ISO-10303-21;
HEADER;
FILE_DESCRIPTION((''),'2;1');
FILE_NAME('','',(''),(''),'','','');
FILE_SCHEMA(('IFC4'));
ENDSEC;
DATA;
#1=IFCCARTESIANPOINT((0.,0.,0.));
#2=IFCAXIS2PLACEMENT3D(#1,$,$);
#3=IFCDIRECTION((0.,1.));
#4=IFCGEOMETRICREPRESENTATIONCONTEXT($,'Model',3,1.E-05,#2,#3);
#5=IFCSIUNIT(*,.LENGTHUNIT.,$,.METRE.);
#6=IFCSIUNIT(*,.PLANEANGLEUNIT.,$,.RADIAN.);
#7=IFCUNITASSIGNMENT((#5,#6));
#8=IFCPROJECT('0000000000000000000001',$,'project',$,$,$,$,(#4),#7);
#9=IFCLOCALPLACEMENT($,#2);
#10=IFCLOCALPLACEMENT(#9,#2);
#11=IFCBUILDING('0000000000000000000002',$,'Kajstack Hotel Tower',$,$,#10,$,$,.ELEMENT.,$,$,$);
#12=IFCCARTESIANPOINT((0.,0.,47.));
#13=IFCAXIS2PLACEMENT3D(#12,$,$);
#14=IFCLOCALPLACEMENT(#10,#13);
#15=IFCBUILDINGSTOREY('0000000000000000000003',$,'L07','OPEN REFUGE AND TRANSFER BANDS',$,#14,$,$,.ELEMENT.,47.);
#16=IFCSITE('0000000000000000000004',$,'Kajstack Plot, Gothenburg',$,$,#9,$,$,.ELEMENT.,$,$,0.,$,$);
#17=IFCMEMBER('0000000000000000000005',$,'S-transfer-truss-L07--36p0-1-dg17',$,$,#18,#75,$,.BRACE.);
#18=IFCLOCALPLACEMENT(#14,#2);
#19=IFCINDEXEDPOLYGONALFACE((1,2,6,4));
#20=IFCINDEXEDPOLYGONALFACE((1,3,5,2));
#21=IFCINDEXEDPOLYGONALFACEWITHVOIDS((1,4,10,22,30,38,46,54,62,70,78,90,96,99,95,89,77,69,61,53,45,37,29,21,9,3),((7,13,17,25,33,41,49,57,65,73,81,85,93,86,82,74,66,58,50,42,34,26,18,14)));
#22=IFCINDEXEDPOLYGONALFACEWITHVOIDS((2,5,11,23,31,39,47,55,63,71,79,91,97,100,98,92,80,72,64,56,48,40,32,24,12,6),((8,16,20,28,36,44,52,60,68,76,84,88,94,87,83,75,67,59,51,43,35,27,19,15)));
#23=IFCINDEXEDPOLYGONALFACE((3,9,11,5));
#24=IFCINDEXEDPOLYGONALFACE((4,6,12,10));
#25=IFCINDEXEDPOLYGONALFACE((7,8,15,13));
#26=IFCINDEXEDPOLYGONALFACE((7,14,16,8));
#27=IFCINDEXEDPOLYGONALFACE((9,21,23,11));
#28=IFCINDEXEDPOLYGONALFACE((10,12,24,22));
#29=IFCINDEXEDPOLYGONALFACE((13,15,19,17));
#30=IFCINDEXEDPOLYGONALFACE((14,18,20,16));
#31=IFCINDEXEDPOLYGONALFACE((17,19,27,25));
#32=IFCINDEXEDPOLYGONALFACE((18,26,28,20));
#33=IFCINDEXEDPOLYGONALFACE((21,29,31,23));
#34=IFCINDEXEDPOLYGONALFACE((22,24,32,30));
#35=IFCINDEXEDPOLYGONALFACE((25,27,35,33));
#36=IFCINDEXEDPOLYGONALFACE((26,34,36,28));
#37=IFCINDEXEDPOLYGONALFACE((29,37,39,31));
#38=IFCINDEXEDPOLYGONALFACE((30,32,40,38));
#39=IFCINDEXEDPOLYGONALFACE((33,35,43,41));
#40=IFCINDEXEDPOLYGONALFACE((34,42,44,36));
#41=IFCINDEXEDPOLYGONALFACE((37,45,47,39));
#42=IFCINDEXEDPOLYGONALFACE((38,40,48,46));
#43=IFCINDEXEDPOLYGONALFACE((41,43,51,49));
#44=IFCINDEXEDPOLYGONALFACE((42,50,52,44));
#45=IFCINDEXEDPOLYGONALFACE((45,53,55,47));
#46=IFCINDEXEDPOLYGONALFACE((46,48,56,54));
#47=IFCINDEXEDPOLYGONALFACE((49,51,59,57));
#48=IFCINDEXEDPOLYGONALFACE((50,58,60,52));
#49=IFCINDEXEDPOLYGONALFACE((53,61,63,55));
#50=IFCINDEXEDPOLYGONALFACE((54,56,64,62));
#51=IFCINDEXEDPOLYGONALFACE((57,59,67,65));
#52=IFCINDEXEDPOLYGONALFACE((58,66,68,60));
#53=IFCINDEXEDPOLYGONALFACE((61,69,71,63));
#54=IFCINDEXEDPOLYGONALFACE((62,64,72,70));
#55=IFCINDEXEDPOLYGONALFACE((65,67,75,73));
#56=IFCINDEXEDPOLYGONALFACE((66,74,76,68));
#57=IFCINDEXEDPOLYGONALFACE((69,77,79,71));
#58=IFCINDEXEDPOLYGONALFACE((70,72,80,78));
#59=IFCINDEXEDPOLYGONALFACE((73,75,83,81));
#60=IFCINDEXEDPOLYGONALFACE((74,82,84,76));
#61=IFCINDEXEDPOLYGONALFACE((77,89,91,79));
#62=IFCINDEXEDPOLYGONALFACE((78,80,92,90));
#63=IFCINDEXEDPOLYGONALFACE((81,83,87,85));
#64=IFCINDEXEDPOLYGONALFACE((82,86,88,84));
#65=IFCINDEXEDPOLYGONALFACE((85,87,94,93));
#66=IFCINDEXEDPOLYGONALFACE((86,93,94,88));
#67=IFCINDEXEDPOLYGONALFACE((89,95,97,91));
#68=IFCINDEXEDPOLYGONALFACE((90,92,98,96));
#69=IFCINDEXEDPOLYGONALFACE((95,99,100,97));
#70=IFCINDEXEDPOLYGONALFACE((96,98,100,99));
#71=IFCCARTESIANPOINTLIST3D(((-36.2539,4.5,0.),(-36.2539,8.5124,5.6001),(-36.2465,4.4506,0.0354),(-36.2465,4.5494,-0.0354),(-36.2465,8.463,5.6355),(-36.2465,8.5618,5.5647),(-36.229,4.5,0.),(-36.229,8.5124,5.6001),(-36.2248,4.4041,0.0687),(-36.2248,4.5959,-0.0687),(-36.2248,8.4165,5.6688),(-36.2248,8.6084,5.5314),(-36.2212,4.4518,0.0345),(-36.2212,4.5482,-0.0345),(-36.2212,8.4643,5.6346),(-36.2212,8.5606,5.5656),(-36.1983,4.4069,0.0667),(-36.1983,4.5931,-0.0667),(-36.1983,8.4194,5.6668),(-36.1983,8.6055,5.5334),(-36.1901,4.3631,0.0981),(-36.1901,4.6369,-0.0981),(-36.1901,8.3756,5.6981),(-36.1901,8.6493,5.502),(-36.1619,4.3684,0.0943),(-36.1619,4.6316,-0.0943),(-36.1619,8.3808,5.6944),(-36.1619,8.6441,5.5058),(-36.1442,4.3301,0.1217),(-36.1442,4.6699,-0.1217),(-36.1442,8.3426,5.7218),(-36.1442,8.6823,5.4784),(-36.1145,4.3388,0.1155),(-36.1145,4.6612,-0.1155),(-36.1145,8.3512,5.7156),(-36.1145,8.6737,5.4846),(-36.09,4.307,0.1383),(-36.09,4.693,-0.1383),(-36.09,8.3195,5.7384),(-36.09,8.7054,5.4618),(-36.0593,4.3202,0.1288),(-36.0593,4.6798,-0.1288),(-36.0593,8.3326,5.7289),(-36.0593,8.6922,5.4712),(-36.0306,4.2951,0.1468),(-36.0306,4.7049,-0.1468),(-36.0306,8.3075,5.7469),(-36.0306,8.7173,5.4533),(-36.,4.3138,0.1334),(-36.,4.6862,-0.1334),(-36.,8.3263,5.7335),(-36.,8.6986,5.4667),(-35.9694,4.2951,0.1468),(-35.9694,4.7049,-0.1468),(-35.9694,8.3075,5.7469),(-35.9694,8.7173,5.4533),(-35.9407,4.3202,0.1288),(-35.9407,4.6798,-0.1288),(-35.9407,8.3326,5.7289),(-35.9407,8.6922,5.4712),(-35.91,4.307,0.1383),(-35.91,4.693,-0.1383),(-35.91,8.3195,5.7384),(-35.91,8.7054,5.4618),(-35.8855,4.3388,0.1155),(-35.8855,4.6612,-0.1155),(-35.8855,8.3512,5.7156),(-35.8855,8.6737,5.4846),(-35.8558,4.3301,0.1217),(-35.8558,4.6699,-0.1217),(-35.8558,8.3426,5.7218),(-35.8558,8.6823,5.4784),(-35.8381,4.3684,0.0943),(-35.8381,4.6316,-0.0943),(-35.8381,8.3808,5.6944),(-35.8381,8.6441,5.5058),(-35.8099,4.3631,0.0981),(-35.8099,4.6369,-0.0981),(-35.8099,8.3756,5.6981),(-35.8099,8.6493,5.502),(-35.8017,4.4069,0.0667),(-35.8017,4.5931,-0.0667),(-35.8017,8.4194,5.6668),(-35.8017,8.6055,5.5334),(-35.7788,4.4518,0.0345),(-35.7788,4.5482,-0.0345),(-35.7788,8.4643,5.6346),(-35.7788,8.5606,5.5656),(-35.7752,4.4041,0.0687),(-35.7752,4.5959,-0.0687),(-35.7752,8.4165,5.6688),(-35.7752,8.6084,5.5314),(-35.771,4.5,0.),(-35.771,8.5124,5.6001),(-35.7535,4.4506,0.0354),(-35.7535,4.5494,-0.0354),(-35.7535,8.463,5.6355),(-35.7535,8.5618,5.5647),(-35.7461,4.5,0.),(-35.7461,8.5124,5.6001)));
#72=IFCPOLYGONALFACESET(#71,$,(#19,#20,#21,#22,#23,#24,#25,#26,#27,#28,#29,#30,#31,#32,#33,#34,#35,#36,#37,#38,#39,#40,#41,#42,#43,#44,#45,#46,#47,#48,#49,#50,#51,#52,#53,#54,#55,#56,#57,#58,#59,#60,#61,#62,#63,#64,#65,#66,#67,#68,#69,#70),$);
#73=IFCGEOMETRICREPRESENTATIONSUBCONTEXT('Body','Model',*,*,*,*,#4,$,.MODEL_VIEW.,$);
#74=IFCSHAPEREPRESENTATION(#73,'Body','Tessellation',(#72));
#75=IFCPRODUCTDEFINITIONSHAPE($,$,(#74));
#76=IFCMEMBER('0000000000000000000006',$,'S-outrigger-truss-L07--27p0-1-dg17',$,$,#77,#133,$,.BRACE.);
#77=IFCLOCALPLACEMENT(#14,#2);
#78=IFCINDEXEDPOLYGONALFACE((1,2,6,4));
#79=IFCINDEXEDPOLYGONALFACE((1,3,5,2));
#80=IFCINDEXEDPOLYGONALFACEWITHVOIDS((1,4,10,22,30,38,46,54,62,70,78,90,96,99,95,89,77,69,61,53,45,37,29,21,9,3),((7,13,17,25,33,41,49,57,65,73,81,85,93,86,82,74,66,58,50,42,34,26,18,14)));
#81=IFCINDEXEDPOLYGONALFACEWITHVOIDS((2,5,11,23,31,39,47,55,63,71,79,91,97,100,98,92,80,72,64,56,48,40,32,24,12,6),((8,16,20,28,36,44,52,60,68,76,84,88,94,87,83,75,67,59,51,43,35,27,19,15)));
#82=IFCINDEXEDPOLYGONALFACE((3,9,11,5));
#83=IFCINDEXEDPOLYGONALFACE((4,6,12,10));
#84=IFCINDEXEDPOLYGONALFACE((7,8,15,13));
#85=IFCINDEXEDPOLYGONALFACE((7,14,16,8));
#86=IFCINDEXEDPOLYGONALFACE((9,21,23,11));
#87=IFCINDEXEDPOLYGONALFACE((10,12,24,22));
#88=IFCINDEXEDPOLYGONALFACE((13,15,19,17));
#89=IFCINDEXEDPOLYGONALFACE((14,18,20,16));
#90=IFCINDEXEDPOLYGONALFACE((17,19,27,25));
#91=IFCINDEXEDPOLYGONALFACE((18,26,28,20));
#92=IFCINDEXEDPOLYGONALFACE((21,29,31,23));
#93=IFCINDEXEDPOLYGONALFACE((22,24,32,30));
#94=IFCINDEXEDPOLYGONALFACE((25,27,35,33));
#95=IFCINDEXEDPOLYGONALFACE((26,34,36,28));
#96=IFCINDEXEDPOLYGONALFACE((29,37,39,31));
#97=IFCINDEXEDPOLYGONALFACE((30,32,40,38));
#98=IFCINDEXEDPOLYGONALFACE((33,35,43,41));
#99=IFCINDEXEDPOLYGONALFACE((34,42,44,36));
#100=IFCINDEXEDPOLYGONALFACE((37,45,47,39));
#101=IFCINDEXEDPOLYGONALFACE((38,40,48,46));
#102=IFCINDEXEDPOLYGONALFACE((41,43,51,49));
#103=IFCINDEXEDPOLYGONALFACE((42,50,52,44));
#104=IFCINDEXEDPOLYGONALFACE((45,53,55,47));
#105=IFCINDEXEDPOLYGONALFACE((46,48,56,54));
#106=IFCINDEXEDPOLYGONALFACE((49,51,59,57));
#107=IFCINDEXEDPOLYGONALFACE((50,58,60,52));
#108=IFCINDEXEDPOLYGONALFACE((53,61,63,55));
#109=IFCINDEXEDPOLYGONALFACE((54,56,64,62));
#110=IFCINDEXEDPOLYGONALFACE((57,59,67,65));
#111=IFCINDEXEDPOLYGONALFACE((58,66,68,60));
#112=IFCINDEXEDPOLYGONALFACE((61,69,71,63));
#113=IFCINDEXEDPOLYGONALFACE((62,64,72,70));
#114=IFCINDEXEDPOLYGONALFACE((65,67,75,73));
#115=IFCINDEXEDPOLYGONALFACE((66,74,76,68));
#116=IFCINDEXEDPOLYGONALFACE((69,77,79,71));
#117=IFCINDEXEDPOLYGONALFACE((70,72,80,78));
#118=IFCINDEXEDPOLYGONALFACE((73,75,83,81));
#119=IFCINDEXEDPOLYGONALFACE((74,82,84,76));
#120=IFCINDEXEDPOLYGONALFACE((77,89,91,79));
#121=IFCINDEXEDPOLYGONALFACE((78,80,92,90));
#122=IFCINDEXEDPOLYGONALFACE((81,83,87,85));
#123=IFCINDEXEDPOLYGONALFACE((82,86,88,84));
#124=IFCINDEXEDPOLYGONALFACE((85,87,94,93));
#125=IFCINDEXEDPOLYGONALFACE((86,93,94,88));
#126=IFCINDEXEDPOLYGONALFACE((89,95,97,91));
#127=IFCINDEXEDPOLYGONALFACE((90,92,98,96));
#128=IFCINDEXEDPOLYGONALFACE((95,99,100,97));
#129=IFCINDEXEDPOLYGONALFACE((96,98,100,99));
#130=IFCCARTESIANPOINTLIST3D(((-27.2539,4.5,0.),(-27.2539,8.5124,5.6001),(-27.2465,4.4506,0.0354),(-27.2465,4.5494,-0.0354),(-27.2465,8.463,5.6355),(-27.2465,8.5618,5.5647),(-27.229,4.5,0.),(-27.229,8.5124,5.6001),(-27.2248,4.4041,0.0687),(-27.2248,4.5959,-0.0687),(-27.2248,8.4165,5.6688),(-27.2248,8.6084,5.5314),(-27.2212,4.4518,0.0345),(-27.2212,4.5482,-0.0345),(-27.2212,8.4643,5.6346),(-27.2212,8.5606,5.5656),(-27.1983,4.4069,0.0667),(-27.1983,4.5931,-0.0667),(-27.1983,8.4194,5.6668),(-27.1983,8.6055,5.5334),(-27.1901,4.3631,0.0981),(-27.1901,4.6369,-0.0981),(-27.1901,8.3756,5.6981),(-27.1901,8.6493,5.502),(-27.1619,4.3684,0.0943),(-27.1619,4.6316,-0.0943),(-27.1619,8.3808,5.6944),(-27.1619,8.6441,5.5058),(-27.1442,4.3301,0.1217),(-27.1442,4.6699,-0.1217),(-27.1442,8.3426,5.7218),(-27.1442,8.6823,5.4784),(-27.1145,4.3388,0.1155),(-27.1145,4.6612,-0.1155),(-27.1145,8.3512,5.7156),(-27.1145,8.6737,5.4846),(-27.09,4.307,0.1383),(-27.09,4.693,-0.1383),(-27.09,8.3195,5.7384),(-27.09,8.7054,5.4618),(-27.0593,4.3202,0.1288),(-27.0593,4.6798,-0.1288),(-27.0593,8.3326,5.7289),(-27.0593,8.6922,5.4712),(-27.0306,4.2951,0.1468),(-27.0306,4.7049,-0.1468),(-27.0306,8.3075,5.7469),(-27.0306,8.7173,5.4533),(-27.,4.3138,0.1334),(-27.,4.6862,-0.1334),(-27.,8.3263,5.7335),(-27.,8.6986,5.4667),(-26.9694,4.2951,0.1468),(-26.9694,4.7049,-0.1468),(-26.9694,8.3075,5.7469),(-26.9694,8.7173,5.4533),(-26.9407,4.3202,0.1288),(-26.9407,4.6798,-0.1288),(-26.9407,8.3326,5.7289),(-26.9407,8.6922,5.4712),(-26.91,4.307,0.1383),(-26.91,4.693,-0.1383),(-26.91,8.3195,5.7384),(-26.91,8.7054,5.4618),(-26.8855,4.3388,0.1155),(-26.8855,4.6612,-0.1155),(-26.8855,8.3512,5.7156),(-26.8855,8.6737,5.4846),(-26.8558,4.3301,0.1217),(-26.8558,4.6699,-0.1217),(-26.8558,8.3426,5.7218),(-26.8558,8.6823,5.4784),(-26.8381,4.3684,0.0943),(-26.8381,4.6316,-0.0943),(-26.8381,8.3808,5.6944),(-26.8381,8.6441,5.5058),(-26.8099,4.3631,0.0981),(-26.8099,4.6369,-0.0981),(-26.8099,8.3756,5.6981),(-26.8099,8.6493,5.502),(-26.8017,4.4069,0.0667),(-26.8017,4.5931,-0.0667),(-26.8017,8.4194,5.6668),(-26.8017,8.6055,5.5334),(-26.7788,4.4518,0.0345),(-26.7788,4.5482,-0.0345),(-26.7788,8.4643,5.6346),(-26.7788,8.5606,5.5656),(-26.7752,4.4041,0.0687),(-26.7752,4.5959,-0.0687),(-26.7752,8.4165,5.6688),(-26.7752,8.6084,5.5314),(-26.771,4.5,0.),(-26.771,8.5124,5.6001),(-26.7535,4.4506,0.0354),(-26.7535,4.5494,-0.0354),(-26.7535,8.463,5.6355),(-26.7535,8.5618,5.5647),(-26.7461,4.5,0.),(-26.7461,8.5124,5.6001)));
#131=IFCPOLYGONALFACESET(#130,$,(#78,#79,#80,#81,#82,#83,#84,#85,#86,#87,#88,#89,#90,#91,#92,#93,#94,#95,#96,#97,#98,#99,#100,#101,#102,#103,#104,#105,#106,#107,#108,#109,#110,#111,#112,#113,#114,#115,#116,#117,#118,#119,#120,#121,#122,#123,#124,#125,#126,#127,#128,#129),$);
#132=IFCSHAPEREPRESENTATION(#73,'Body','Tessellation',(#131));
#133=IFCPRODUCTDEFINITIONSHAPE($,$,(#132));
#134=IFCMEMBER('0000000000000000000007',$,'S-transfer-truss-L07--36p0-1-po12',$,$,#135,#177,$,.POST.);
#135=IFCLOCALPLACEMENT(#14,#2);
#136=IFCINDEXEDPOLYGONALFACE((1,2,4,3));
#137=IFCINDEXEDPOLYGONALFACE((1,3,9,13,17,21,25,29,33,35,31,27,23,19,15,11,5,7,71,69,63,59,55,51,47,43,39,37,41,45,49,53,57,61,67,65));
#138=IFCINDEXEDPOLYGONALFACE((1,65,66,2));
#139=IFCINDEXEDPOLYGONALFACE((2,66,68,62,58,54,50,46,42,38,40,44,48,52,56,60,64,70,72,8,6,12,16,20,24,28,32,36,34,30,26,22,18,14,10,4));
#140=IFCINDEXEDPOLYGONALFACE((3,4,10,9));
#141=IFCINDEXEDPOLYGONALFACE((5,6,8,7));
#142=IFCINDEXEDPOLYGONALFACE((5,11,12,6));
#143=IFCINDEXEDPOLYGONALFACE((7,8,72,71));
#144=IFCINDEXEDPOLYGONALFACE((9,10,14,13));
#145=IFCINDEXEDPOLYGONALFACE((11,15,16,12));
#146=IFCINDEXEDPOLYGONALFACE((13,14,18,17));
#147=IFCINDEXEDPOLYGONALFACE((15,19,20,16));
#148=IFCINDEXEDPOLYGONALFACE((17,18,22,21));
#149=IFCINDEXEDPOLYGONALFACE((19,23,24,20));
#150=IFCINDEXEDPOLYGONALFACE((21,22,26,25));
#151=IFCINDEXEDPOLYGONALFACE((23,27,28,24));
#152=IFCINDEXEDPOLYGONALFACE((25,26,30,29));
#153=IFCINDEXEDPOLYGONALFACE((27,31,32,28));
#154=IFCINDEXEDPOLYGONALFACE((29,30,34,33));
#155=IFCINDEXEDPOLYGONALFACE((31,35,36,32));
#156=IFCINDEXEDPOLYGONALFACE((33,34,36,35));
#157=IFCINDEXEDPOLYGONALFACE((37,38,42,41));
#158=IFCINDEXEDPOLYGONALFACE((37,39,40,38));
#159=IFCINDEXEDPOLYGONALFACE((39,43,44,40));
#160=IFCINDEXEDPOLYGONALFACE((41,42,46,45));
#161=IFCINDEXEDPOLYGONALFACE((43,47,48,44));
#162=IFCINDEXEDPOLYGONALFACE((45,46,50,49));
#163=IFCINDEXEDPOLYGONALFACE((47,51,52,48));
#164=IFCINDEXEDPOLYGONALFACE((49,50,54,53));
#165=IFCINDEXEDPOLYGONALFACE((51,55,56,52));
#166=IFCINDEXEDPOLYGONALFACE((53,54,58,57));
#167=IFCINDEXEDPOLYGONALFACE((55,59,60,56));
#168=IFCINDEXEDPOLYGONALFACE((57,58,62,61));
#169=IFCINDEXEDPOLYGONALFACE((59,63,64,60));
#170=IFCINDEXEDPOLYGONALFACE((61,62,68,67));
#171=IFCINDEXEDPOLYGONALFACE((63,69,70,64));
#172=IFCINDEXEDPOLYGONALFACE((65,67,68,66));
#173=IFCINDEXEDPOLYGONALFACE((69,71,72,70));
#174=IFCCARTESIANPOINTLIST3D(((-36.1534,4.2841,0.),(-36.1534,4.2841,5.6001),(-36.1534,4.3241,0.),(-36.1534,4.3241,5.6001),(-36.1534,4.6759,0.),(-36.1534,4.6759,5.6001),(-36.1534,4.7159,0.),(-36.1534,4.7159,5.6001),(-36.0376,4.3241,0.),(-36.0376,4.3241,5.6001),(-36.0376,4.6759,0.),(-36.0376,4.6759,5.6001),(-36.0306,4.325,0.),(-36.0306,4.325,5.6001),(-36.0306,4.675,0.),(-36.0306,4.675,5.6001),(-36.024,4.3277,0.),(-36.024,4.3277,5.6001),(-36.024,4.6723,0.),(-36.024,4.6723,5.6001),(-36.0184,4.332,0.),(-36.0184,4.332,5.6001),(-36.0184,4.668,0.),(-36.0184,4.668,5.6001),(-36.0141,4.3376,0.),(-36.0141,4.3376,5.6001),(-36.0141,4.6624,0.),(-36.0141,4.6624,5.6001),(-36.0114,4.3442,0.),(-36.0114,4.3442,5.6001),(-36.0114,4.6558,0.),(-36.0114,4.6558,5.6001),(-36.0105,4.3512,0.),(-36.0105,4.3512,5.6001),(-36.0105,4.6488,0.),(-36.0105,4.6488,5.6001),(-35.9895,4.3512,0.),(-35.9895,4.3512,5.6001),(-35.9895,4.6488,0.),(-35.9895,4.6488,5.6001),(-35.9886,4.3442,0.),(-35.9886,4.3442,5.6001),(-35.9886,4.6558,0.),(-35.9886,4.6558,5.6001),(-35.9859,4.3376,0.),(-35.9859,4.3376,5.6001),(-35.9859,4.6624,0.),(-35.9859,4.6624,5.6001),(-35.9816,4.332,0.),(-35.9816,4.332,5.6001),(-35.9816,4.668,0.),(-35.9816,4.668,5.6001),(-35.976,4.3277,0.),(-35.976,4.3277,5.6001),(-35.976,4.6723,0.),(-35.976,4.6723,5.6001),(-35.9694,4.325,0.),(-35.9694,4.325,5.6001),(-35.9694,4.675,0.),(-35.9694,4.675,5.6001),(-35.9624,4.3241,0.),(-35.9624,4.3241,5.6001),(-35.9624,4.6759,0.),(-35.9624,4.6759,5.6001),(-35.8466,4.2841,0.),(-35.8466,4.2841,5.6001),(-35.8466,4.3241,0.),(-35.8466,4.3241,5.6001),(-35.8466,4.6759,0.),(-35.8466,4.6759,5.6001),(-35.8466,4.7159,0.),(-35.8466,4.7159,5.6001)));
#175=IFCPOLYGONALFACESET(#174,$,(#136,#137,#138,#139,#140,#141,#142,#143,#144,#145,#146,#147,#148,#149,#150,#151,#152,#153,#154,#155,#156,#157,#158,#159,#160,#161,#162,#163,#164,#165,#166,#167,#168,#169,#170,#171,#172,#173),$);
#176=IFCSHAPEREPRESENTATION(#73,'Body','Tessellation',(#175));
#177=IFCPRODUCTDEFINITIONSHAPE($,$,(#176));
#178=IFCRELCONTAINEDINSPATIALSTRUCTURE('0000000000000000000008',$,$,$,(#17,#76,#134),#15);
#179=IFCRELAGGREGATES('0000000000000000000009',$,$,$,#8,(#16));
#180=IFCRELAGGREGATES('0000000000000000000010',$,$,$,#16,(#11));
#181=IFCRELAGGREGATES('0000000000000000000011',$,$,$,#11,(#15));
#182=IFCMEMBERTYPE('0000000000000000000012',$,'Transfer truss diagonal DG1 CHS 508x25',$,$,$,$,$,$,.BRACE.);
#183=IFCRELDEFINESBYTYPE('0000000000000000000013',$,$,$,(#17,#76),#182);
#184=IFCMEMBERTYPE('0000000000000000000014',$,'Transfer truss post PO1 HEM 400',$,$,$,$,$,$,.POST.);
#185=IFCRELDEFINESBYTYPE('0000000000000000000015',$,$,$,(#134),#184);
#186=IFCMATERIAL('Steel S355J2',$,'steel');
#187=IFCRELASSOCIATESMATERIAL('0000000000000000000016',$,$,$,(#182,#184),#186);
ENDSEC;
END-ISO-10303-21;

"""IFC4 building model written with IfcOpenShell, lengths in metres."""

from ifc_helpers import new_model, si_unit, direction, frame, origin, origin_2d, place, context, subcontext, project, spatial, hollow_circle, i_section, extrude, material, material_profile, profile_set, type_object, element, save


model = new_model("IFC4")

# Units and contexts
model_context = context("Model", 3, precision=1e-05, world=origin(), true_north=direction((0.0, 1.0)))
body_context = subcontext(model_context, "Body", "Model", "MODEL_VIEW")
ifc_project = project(units=[si_unit("LENGTHUNIT", "METRE"), si_unit("PLANEANGLEUNIT", "RADIAN")], contexts=[model_context])

# Site, building, storey
site_placement = place(None, origin())
site = spatial("IfcSite", under=ifc_project, at=site_placement, Name="Kajstack Plot, Gothenburg", CompositionType="ELEMENT", RefElevation=0.0)
building_placement = place(site_placement, origin())
building = spatial("IfcBuilding", under=site, at=building_placement, Name="Kajstack Hotel Tower", CompositionType="ELEMENT")
storey_placement = place(building_placement, frame((0.0, 0.0, 47.0)))
storey = spatial("IfcBuildingStorey", under=building, at=storey_placement, Name="L07", Description="OPEN REFUGE AND TRANSFER BANDS", CompositionType="ELEMENT", Elevation=47.0)

# Members
ifc_material_1 = material(Name="Steel S355J2", Category="steel")
ifc_material_profile_1 = material_profile(ifc_material_1, hollow_circle(Radius=0.2539, WallThickness=0.0249, at=origin_2d()), Name="CHS 508x25")
ifc_profile_set_1 = profile_set([ifc_material_profile_1], Name="Steel S355J2")
member_type_1 = type_object("IfcMemberType", Name="Transfer truss diagonal DG1 CHS 508x25", PredefinedType="BRACE", material=ifc_profile_set_1)
for number, where, z_axis, x_axis, name in (
    (1, (-36.0, 4.5, 0.0), (0.0, 0.582428, 0.812883), (-1.0, 0.0, 0.0), "S-transfer-truss-L07--36p0-1-dg17"),
    (2, (-27.0, 4.5, 0.0), (0.0, 0.582428, 0.812883), (-1.0, 0.0, 0.0), "S-outrigger-truss-L07--27p0-1-dg17"),
):
    element("IfcMember", number, at=place(storey_placement, frame(where, z_axis=z_axis, x_axis=x_axis)), inside=storey, type_object=member_type_1, Name=name, PredefinedType="BRACE", context=body_context, shape_type="SweptSolid", body=[
        extrude(hollow_circle(Radius=0.2539, WallThickness=0.0249, at=origin_2d()), origin(), (0.0, 0.0, 1.0), 6.8892),
    ])
ifc_material_profile_2 = material_profile(ifc_material_1, i_section(OverallWidth=0.3069, OverallDepth=0.4319, WebThickness=0.021, FlangeThickness=0.04, FilletRadius=0.0271, at=origin_2d()), Name="HEM 400")
ifc_profile_set_2 = profile_set([ifc_material_profile_2], Name="Steel S355J2")
member_type_2 = type_object("IfcMemberType", Name="Transfer truss post PO1 HEM 400", PredefinedType="POST", material=ifc_profile_set_2)
for number, where, z_axis, x_axis, name in (
    (3, (-36.0, 4.5, 0.0), (0.0, 0.0, 1.0), (1.0, 0.0, 0.0), "S-transfer-truss-L07--36p0-1-po12"),
):
    element("IfcMember", number, at=place(storey_placement, frame(where, z_axis=z_axis, x_axis=x_axis)), inside=storey, type_object=member_type_2, Name=name, PredefinedType="POST", context=body_context, shape_type="SweptSolid", body=[
        extrude(i_section(OverallWidth=0.3069, OverallDepth=0.4319, WebThickness=0.021, FlangeThickness=0.04, FilletRadius=0.0271, at=origin_2d()), origin(), (0.0, 0.0, 1.0), 5.6001),
    ])

save(model, "model.ifc")
